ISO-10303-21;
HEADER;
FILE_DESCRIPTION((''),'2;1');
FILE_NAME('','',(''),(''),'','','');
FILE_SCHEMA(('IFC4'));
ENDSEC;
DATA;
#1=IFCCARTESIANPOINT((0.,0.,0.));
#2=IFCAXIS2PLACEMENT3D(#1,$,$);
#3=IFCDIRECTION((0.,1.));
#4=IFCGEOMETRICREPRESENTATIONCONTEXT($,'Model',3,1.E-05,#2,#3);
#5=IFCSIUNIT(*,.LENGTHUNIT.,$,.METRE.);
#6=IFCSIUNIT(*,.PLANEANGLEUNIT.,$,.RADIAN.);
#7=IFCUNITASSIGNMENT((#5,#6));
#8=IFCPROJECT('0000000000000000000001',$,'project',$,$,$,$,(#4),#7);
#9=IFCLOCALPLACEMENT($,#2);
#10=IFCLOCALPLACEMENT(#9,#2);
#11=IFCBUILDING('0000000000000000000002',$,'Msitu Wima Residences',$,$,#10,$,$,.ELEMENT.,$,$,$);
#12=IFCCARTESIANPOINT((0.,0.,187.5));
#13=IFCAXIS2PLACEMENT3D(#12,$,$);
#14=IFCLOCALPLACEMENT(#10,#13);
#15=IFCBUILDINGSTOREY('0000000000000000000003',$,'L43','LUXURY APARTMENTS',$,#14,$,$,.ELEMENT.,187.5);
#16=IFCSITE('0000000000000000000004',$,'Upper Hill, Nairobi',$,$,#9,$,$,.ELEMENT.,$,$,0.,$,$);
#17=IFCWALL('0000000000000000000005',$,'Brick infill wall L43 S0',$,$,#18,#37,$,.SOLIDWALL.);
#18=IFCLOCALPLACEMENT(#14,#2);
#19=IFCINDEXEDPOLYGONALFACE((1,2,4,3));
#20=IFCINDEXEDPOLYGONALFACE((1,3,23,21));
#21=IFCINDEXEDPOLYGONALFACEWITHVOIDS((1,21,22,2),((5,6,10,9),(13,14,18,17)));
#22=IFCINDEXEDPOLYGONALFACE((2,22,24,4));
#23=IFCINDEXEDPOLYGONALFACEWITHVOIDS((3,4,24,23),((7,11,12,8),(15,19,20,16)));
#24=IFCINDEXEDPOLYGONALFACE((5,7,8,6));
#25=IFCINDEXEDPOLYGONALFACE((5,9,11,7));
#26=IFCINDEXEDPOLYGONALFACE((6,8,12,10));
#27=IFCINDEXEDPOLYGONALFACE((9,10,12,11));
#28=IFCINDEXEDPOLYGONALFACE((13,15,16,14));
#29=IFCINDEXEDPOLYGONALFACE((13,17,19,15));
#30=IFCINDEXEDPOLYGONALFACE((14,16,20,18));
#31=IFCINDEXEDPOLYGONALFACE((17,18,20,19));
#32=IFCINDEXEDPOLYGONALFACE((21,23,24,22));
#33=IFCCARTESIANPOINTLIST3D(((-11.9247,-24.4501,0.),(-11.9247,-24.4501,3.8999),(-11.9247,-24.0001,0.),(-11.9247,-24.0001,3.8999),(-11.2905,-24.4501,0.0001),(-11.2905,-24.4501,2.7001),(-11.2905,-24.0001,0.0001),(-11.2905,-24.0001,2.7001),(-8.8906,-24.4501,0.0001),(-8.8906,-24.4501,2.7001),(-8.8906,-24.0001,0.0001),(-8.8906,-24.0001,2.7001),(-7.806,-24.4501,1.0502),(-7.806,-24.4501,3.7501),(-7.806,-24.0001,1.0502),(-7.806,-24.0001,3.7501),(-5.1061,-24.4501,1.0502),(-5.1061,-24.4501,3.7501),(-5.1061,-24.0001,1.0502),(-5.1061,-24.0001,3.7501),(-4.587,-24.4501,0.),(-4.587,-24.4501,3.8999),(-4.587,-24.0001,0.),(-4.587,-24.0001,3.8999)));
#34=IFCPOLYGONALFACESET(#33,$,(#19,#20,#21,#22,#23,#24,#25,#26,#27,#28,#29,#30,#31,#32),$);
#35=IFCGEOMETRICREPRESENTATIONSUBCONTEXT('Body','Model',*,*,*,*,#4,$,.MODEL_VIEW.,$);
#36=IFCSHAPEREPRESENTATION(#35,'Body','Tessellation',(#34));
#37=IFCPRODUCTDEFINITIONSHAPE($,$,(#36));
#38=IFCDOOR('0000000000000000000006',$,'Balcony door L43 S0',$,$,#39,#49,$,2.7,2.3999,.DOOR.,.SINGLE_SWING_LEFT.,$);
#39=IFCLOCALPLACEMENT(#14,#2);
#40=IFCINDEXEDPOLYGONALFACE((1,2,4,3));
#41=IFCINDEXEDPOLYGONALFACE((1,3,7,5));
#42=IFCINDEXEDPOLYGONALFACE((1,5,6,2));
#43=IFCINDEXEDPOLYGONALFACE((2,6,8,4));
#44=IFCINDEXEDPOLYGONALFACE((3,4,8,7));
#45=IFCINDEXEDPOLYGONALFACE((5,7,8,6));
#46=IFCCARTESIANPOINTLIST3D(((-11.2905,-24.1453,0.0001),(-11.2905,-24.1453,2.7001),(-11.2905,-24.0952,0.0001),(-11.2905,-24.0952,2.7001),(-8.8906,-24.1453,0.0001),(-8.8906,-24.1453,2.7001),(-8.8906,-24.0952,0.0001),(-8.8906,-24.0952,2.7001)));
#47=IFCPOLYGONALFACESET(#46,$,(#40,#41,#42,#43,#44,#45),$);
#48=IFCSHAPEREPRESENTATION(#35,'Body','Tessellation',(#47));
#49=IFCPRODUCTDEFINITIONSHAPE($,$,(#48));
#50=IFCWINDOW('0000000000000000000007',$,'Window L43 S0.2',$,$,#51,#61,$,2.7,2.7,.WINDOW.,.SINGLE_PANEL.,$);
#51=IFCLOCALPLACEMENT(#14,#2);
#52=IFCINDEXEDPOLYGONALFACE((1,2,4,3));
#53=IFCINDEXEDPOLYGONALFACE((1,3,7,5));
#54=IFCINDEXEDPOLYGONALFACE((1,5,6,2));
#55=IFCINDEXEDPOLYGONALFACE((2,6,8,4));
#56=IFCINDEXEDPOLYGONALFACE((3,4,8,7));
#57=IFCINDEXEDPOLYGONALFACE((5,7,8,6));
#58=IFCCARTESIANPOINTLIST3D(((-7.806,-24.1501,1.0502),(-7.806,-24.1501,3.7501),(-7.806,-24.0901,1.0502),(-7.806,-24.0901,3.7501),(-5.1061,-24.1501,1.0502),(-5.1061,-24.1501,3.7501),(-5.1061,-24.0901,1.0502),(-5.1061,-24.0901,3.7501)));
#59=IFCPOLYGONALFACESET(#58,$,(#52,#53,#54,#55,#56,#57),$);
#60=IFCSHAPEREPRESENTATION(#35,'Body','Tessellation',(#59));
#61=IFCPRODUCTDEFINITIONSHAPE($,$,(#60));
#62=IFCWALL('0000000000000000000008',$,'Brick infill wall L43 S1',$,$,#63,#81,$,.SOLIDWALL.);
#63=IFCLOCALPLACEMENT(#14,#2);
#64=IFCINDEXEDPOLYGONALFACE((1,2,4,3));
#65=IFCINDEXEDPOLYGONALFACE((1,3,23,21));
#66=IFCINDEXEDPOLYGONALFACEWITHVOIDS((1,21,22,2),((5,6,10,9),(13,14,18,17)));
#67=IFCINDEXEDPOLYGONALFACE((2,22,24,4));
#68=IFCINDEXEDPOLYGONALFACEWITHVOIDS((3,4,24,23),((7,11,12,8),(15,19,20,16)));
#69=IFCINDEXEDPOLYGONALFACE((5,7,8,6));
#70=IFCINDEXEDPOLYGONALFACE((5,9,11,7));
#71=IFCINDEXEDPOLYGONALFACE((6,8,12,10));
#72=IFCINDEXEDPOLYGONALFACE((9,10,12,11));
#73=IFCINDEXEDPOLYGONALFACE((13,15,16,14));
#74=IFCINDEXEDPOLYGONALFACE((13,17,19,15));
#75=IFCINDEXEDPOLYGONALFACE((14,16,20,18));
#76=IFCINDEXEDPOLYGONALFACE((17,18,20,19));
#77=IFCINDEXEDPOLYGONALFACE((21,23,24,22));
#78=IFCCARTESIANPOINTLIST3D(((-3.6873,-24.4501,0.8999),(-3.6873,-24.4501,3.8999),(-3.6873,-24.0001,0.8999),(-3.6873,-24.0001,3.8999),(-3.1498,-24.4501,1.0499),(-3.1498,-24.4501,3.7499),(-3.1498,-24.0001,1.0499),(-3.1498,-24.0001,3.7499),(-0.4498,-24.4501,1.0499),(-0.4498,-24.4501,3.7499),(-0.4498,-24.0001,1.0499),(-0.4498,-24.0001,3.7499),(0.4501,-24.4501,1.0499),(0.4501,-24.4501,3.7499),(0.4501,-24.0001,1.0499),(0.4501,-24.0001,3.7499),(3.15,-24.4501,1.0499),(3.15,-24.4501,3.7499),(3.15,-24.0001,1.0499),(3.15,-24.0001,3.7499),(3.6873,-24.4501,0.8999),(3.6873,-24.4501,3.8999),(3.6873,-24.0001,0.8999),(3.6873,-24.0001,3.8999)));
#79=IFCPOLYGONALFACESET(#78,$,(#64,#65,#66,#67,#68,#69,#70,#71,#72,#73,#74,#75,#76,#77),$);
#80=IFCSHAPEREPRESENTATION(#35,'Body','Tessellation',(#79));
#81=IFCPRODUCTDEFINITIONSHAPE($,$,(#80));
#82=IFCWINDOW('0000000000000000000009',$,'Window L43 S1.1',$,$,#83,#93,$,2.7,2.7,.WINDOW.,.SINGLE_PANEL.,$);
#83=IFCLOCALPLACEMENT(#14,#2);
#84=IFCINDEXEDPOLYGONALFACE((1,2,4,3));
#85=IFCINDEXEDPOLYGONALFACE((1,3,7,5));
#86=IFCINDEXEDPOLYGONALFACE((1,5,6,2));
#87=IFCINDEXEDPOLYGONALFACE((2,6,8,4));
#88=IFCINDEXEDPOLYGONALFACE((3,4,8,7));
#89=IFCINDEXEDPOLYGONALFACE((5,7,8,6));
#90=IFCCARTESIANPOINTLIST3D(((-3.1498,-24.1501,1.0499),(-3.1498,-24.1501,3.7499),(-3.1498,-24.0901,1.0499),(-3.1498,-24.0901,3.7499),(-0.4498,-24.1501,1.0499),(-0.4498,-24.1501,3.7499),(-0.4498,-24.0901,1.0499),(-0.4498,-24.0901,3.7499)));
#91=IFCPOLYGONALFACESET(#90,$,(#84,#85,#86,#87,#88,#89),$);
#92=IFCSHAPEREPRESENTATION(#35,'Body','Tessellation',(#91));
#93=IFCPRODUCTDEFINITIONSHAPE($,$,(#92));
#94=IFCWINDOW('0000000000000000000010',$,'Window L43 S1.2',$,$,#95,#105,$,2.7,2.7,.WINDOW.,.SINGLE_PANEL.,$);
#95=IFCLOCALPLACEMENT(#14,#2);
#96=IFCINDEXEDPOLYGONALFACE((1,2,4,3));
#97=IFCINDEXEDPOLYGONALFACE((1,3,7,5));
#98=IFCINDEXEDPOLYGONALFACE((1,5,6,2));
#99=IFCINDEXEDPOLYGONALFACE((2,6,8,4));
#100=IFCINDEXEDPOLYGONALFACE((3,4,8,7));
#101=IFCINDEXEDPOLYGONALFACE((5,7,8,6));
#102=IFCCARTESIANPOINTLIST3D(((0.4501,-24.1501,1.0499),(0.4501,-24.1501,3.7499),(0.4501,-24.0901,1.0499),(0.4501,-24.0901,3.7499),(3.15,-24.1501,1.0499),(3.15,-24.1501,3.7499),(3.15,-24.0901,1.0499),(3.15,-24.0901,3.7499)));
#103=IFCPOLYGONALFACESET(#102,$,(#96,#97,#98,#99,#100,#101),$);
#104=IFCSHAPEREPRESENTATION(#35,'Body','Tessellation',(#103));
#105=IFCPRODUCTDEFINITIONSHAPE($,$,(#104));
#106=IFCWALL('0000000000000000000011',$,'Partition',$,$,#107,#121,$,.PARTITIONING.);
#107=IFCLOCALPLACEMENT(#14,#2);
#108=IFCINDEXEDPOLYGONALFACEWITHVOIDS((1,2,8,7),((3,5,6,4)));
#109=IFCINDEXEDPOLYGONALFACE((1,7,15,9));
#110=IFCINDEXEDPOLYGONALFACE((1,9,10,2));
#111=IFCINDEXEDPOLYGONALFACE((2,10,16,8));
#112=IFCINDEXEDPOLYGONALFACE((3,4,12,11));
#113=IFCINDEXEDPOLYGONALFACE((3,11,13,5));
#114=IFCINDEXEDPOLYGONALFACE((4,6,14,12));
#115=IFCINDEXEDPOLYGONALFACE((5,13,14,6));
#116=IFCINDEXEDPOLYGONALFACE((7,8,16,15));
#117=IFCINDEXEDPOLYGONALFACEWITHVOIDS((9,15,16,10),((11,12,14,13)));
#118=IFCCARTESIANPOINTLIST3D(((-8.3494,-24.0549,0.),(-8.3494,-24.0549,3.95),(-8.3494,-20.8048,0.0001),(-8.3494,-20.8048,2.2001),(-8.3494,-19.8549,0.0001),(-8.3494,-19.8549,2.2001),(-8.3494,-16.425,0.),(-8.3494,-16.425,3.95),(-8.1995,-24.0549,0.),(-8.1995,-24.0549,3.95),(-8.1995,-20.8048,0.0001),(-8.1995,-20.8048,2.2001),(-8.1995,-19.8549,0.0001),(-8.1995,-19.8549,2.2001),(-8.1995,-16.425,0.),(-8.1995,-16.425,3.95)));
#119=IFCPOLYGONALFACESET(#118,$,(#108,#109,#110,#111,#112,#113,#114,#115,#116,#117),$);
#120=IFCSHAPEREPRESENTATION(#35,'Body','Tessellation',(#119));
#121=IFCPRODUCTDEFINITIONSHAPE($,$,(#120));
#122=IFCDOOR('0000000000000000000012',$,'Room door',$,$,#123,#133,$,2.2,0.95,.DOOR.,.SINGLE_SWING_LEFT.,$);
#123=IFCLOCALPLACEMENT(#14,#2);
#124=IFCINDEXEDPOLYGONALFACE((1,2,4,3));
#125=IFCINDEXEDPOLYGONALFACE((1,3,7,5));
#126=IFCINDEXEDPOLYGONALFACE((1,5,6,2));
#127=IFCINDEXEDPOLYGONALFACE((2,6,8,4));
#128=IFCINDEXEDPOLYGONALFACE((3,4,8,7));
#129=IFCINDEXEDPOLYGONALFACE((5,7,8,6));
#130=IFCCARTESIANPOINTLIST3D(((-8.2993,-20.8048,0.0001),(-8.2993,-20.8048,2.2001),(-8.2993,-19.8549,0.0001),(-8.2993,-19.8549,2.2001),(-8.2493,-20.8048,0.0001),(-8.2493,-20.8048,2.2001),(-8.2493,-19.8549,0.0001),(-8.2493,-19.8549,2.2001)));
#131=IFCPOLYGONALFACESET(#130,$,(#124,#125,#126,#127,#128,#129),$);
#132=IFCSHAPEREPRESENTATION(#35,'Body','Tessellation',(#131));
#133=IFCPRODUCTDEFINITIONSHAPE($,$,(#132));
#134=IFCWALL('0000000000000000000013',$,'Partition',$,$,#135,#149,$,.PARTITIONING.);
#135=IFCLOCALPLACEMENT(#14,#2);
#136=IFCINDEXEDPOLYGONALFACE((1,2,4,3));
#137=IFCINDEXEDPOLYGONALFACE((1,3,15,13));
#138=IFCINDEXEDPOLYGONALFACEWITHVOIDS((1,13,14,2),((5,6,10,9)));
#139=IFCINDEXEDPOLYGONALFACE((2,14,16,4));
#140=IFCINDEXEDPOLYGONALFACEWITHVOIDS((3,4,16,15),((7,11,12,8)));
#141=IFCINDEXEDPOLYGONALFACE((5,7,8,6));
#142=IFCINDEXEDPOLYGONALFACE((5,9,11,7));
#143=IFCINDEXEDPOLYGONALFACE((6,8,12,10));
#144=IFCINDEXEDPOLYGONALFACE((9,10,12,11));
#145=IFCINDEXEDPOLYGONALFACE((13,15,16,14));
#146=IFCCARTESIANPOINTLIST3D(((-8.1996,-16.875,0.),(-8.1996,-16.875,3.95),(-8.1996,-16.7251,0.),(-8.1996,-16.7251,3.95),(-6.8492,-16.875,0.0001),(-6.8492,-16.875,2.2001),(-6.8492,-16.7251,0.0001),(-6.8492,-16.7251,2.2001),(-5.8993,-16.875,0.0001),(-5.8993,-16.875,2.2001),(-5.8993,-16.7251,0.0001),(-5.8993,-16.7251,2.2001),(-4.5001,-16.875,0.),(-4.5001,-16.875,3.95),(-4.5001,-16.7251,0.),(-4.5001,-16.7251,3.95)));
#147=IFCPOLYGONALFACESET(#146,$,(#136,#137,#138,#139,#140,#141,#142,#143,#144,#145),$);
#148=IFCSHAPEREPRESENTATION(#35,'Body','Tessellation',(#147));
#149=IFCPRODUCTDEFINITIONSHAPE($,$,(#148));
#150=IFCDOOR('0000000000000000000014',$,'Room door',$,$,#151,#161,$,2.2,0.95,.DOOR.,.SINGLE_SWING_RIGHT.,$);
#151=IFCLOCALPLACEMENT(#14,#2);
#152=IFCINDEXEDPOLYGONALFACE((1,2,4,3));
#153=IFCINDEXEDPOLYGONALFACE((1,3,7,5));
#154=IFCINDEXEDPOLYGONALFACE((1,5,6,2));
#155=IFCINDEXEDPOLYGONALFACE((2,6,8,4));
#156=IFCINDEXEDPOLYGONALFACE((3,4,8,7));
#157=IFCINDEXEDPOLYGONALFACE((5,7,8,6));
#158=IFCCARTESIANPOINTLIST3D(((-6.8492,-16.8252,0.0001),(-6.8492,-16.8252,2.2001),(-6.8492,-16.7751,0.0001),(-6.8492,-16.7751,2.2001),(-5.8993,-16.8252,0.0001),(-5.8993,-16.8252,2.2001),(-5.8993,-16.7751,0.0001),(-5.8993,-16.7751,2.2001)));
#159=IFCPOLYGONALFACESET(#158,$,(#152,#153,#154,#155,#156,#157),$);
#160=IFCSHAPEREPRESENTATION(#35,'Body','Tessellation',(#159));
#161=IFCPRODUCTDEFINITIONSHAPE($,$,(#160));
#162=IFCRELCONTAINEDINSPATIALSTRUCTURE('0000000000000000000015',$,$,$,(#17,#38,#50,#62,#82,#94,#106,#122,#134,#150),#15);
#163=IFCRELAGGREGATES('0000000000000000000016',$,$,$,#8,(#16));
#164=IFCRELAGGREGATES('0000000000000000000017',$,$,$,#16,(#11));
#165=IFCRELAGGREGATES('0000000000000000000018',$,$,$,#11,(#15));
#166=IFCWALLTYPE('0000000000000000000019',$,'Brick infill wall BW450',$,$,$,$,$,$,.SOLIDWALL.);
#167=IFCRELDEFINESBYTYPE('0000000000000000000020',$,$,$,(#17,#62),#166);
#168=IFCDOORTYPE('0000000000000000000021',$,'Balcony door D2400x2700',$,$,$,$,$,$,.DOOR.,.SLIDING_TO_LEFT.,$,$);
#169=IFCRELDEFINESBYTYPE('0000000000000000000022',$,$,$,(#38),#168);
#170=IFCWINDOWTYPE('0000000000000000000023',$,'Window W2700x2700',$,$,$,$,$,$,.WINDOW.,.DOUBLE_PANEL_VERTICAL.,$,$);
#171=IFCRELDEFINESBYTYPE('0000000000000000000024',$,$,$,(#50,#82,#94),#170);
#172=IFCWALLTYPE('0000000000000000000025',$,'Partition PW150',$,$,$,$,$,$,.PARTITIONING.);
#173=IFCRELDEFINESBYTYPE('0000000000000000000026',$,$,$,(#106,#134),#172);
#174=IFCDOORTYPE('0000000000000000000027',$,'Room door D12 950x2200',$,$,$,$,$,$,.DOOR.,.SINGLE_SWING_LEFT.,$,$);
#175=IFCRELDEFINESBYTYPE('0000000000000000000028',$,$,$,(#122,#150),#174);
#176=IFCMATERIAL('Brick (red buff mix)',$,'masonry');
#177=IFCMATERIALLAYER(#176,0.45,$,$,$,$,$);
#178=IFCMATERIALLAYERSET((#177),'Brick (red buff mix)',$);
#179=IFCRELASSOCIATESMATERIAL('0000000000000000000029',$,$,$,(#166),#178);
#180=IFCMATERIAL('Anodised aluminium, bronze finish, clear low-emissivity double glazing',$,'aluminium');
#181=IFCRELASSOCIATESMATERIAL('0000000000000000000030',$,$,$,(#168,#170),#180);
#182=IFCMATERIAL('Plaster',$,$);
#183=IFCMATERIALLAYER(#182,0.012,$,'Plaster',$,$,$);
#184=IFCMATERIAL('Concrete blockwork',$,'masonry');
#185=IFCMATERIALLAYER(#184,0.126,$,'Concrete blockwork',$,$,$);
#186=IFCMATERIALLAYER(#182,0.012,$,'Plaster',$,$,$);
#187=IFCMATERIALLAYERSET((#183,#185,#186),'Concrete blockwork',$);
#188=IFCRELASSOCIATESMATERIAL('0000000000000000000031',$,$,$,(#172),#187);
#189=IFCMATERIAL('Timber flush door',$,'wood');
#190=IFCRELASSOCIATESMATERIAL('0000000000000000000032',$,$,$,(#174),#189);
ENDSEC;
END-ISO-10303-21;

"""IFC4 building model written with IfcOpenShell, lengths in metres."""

from ifc_helpers import new_model, si_unit, direction, frame, frame_2d, origin, place, context, subcontext, project, spatial, rectangle, extrude, material, layer, layer_set, type_object, element, fill, save


model = new_model("IFC4")

# Units and contexts
model_context = context("Model", 3, precision=1e-05, world=origin(), true_north=direction((0.0, 1.0)))
body_context = subcontext(model_context, "Body", "Model", "MODEL_VIEW")
ifc_project = project(units=[si_unit("LENGTHUNIT", "METRE"), si_unit("PLANEANGLEUNIT", "RADIAN")], contexts=[model_context])

# Site, building, storey
site_placement = place(None, origin())
site = spatial("IfcSite", under=ifc_project, at=site_placement, Name="Upper Hill, Nairobi", CompositionType="ELEMENT", RefElevation=0.0)
building_placement = place(site_placement, origin())
building = spatial("IfcBuilding", under=site, at=building_placement, Name="Msitu Wima Residences", CompositionType="ELEMENT")
storey_placement = place(building_placement, frame((0.0, 0.0, 187.5)))
storey = spatial("IfcBuildingStorey", under=building, at=storey_placement, Name="L43", Description="LUXURY APARTMENTS", CompositionType="ELEMENT", Elevation=187.5)

# Wall, openings, door, window
ifc_material_1 = material(Name="Brick (red buff mix)", Category="masonry")
ifc_layer_1 = layer(ifc_material_1, 0.45)
ifc_layer_set_1 = layer_set([ifc_layer_1], Name="Brick (red buff mix)")
wall_type_1 = type_object("IfcWallType", Name="Brick infill wall BW450", PredefinedType="SOLIDWALL", material=ifc_layer_set_1)
wall_1_placement = place(storey_placement, frame((-11.9248, -24.2251, 0.0), z_axis=(0.0, 0.0, 1.0), x_axis=(1.0, 0.0, 0.0)))
wall_1 = element("IfcWall", 1, at=wall_1_placement, inside=storey, type_object=wall_type_1, Name="Brick infill wall L43 S0", PredefinedType="SOLIDWALL", context=body_context, shape_type="SweptSolid", body=[
    extrude(rectangle(XDim=7.3376, YDim=0.45, at=frame_2d((3.6689, 0.0))), origin(), (0.0, 0.0, 1.0), 3.8999),
])
opening_1_placement = place(wall_1_placement, frame((0.6343, 0.0, 0.0)))
opening_1 = element("IfcOpeningElement", 2, at=opening_1_placement, cuts=wall_1, PredefinedType="OPENING", context=body_context, shape_type="SweptSolid", body=[
    extrude(rectangle(XDim=2.3999, YDim=2.7, at=frame_2d((1.2, 1.3501))), frame((0.0, 0.2349, 0.0), z_axis=(0.0, -1.0, 0.0), x_axis=(1.0, 0.0, 0.0)), (0.0, 0.0, 1.0), 0.47),
])
opening_2_placement = place(wall_1_placement, frame((4.1187, 0.0, 1.05)))
opening_2 = element("IfcOpeningElement", 3, at=opening_2_placement, cuts=wall_1, PredefinedType="OPENING", context=body_context, shape_type="SweptSolid", body=[
    extrude(rectangle(XDim=2.7, YDim=2.7, at=frame_2d((1.3501, 1.3501))), frame((0.0, 0.2349, 0.0), z_axis=(0.0, -1.0, 0.0), x_axis=(1.0, 0.0, 0.0)), (0.0, 0.0, 1.0), 0.47),
])
ifc_material_2 = material(Name="Anodised aluminium, bronze finish, clear low-emissivity double glazing", Category="aluminium")
door_type_1 = type_object("IfcDoorType", Name="Balcony door D2400x2700", OperationType="SLIDING_TO_LEFT", PredefinedType="DOOR", material=ifc_material_2)
door_1_placement = place(opening_1_placement, origin())
door_1 = element("IfcDoor", 4, at=door_1_placement, inside=storey, type_object=door_type_1, Name="Balcony door L43 S0", OperationType="SINGLE_SWING_LEFT", OverallHeight=2.7, OverallWidth=2.3999, PredefinedType="DOOR", context=body_context, shape_type="SweptSolid", body=[
    extrude(rectangle(XDim=2.3999, YDim=2.7, at=frame_2d((1.2, 1.3501))), frame((0.0, 0.1299, 0.0), z_axis=(0.0, -1.0, 0.0), x_axis=(1.0, 0.0, 0.0)), (0.0, 0.0, 1.0), 0.05),
])
fill(opening_1, door_1)
window_type = type_object("IfcWindowType", Name="Window W2700x2700", PartitioningType="DOUBLE_PANEL_VERTICAL", PredefinedType="WINDOW", material=ifc_material_2)
window_1_placement = place(opening_2_placement, origin())
window_1 = element("IfcWindow", 5, at=window_1_placement, inside=storey, type_object=window_type, Name="Window L43 S0.2", OverallHeight=2.7, OverallWidth=2.7, PartitioningType="SINGLE_PANEL", PredefinedType="WINDOW", context=body_context, shape_type="SweptSolid", body=[
    extrude(rectangle(XDim=2.7, YDim=2.7, at=frame_2d((1.3501, 1.3501))), frame((0.0, 0.135, 0.0), z_axis=(0.0, -1.0, 0.0), x_axis=(1.0, 0.0, 0.0)), (0.0, 0.0, 1.0), 0.0601),
])
fill(opening_2, window_1)

# Wall, openings, windows
wall_2_placement = place(storey_placement, frame((-3.6873, -24.2251, 0.8999), z_axis=(0.0, 0.0, 1.0), x_axis=(1.0, 0.0, 0.0)))
wall_2 = element("IfcWall", 6, at=wall_2_placement, inside=storey, type_object=wall_type_1, Name="Brick infill wall L43 S1", PredefinedType="SOLIDWALL", context=body_context, shape_type="SweptSolid", body=[
    extrude(rectangle(XDim=7.3745, YDim=0.45, at=frame_2d((3.6873, 0.0))), origin(), (0.0, 0.0, 1.0), 3.0),
])
opening_3_placement = place(wall_2_placement, frame((0.5374, 0.0, 0.1499)))
opening_3 = element("IfcOpeningElement", 7, at=opening_3_placement, cuts=wall_2, PredefinedType="OPENING", context=body_context, shape_type="SweptSolid", body=[
    extrude(rectangle(XDim=2.7, YDim=2.7, at=frame_2d((1.3501, 1.3501))), frame((0.0, 0.2349, 0.0), z_axis=(0.0, -1.0, 0.0), x_axis=(1.0, 0.0, 0.0)), (0.0, 0.0, 1.0), 0.47),
])
opening_4_placement = place(wall_2_placement, frame((4.1372, 0.0, 0.1499)))
opening_4 = element("IfcOpeningElement", 8, at=opening_4_placement, cuts=wall_2, PredefinedType="OPENING", context=body_context, shape_type="SweptSolid", body=[
    extrude(rectangle(XDim=2.7, YDim=2.7, at=frame_2d((1.3501, 1.3501))), frame((0.0, 0.2349, 0.0), z_axis=(0.0, -1.0, 0.0), x_axis=(1.0, 0.0, 0.0)), (0.0, 0.0, 1.0), 0.47),
])
window_2_placement = place(opening_3_placement, origin())
window_2 = element("IfcWindow", 9, at=window_2_placement, inside=storey, type_object=window_type, Name="Window L43 S1.1", OverallHeight=2.7, OverallWidth=2.7, PartitioningType="SINGLE_PANEL", PredefinedType="WINDOW", context=body_context, shape_type="SweptSolid", body=[
    extrude(rectangle(XDim=2.7, YDim=2.7, at=frame_2d((1.3501, 1.3501))), frame((0.0, 0.135, 0.0), z_axis=(0.0, -1.0, 0.0), x_axis=(1.0, 0.0, 0.0)), (0.0, 0.0, 1.0), 0.0601),
])
fill(opening_3, window_2)
window_3_placement = place(opening_4_placement, origin())
window_3 = element("IfcWindow", 10, at=window_3_placement, inside=storey, type_object=window_type, Name="Window L43 S1.2", OverallHeight=2.7, OverallWidth=2.7, PartitioningType="SINGLE_PANEL", PredefinedType="WINDOW", context=body_context, shape_type="SweptSolid", body=[
    extrude(rectangle(XDim=2.7, YDim=2.7, at=frame_2d((1.3501, 1.3501))), frame((0.0, 0.135, 0.0), z_axis=(0.0, -1.0, 0.0), x_axis=(1.0, 0.0, 0.0)), (0.0, 0.0, 1.0), 0.0601),
])
fill(opening_4, window_3)

# Walls, openings, doors
ifc_material_3 = material(Name="Plaster")
ifc_layer_2 = layer(ifc_material_3, 0.012, Name="Plaster")
ifc_material_4 = material(Name="Concrete blockwork", Category="masonry")
ifc_layer_3 = layer(ifc_material_4, 0.126, Name="Concrete blockwork")
ifc_layer_4 = layer(ifc_material_3, 0.012, Name="Plaster")
ifc_layer_set_2 = layer_set([ifc_layer_2, ifc_layer_3, ifc_layer_4], Name="Concrete blockwork")
wall_type_2 = type_object("IfcWallType", Name="Partition PW150", PredefinedType="PARTITIONING", material=ifc_layer_set_2)
wall_3_placement = place(storey_placement, frame((-8.2744, -24.0549, 0.0), z_axis=(0.0, 0.0, 1.0), x_axis=(0.0, 1.0, 0.0)))
wall_3 = element("IfcWall", 11, at=wall_3_placement, inside=storey, type_object=wall_type_2, Name="Partition", PredefinedType="PARTITIONING", context=body_context, shape_type="SweptSolid", body=[
    extrude(rectangle(XDim=7.6299, YDim=0.1499, at=frame_2d((3.8149, 0.0))), origin(), (0.0, 0.0, 1.0), 3.95),
])
opening_5_placement = place(wall_3_placement, frame((3.25, 0.0, 0.0)))
opening_5 = element("IfcOpeningElement", 12, at=opening_5_placement, cuts=wall_3, PredefinedType="OPENING", context=body_context, shape_type="SweptSolid", body=[
    extrude(rectangle(XDim=0.95, YDim=2.2, at=frame_2d((0.4751, 1.1001))), frame((0.0, 0.085, 0.0), z_axis=(0.0, -1.0, 0.0), x_axis=(1.0, 0.0, 0.0)), (0.0, 0.0, 1.0), 0.1699),
])
ifc_material_5 = material(Name="Timber flush door", Category="wood")
door_type_2 = type_object("IfcDoorType", Name="Room door D12 950x2200", OperationType="SINGLE_SWING_LEFT", PredefinedType="DOOR", material=ifc_material_5)
door_2_placement = place(opening_5_placement, origin())
door_2 = element("IfcDoor", 13, at=door_2_placement, inside=storey, type_object=door_type_2, Name="Room door", OperationType="SINGLE_SWING_LEFT", OverallHeight=2.2, OverallWidth=0.95, PredefinedType="DOOR", context=body_context, shape_type="SweptSolid", body=[
    extrude(rectangle(XDim=0.95, YDim=2.2, at=frame_2d((0.4751, 1.1001))), frame((0.0, 0.0249, 0.0), z_axis=(0.0, -1.0, 0.0), x_axis=(1.0, 0.0, 0.0)), (0.0, 0.0, 1.0), 0.05),
])
fill(opening_5, door_2)
wall_4_placement = place(storey_placement, frame((-8.1995, -16.8, 0.0), z_axis=(0.0, 0.0, 1.0), x_axis=(1.0, 0.0, 0.0)))
wall_4 = element("IfcWall", 14, at=wall_4_placement, inside=storey, type_object=wall_type_2, Name="Partition", PredefinedType="PARTITIONING", context=body_context, shape_type="SweptSolid", body=[
    extrude(rectangle(XDim=3.6995, YDim=0.1499, at=frame_2d((1.8496, 0.0))), origin(), (0.0, 0.0, 1.0), 3.95),
])
opening_6_placement = place(wall_4_placement, frame((1.3501, 0.0, 0.0)))
opening_6 = element("IfcOpeningElement", 15, at=opening_6_placement, cuts=wall_4, PredefinedType="OPENING", context=body_context, shape_type="SweptSolid", body=[
    extrude(rectangle(XDim=0.95, YDim=2.2, at=frame_2d((0.4751, 1.1001))), frame((0.0, 0.085, 0.0), z_axis=(0.0, -1.0, 0.0), x_axis=(1.0, 0.0, 0.0)), (0.0, 0.0, 1.0), 0.1699),
])
door_3_placement = place(opening_6_placement, origin())
door_3 = element("IfcDoor", 16, at=door_3_placement, inside=storey, type_object=door_type_2, Name="Room door", OperationType="SINGLE_SWING_RIGHT", OverallHeight=2.2, OverallWidth=0.95, PredefinedType="DOOR", context=body_context, shape_type="SweptSolid", body=[
    extrude(rectangle(XDim=0.95, YDim=2.2, at=frame_2d((0.4751, 1.1001))), frame((0.0, 0.0249, 0.0), z_axis=(0.0, -1.0, 0.0), x_axis=(1.0, 0.0, 0.0)), (0.0, 0.0, 1.0), 0.05),
])
fill(opening_6, door_3)

save(model, "model.ifc")
